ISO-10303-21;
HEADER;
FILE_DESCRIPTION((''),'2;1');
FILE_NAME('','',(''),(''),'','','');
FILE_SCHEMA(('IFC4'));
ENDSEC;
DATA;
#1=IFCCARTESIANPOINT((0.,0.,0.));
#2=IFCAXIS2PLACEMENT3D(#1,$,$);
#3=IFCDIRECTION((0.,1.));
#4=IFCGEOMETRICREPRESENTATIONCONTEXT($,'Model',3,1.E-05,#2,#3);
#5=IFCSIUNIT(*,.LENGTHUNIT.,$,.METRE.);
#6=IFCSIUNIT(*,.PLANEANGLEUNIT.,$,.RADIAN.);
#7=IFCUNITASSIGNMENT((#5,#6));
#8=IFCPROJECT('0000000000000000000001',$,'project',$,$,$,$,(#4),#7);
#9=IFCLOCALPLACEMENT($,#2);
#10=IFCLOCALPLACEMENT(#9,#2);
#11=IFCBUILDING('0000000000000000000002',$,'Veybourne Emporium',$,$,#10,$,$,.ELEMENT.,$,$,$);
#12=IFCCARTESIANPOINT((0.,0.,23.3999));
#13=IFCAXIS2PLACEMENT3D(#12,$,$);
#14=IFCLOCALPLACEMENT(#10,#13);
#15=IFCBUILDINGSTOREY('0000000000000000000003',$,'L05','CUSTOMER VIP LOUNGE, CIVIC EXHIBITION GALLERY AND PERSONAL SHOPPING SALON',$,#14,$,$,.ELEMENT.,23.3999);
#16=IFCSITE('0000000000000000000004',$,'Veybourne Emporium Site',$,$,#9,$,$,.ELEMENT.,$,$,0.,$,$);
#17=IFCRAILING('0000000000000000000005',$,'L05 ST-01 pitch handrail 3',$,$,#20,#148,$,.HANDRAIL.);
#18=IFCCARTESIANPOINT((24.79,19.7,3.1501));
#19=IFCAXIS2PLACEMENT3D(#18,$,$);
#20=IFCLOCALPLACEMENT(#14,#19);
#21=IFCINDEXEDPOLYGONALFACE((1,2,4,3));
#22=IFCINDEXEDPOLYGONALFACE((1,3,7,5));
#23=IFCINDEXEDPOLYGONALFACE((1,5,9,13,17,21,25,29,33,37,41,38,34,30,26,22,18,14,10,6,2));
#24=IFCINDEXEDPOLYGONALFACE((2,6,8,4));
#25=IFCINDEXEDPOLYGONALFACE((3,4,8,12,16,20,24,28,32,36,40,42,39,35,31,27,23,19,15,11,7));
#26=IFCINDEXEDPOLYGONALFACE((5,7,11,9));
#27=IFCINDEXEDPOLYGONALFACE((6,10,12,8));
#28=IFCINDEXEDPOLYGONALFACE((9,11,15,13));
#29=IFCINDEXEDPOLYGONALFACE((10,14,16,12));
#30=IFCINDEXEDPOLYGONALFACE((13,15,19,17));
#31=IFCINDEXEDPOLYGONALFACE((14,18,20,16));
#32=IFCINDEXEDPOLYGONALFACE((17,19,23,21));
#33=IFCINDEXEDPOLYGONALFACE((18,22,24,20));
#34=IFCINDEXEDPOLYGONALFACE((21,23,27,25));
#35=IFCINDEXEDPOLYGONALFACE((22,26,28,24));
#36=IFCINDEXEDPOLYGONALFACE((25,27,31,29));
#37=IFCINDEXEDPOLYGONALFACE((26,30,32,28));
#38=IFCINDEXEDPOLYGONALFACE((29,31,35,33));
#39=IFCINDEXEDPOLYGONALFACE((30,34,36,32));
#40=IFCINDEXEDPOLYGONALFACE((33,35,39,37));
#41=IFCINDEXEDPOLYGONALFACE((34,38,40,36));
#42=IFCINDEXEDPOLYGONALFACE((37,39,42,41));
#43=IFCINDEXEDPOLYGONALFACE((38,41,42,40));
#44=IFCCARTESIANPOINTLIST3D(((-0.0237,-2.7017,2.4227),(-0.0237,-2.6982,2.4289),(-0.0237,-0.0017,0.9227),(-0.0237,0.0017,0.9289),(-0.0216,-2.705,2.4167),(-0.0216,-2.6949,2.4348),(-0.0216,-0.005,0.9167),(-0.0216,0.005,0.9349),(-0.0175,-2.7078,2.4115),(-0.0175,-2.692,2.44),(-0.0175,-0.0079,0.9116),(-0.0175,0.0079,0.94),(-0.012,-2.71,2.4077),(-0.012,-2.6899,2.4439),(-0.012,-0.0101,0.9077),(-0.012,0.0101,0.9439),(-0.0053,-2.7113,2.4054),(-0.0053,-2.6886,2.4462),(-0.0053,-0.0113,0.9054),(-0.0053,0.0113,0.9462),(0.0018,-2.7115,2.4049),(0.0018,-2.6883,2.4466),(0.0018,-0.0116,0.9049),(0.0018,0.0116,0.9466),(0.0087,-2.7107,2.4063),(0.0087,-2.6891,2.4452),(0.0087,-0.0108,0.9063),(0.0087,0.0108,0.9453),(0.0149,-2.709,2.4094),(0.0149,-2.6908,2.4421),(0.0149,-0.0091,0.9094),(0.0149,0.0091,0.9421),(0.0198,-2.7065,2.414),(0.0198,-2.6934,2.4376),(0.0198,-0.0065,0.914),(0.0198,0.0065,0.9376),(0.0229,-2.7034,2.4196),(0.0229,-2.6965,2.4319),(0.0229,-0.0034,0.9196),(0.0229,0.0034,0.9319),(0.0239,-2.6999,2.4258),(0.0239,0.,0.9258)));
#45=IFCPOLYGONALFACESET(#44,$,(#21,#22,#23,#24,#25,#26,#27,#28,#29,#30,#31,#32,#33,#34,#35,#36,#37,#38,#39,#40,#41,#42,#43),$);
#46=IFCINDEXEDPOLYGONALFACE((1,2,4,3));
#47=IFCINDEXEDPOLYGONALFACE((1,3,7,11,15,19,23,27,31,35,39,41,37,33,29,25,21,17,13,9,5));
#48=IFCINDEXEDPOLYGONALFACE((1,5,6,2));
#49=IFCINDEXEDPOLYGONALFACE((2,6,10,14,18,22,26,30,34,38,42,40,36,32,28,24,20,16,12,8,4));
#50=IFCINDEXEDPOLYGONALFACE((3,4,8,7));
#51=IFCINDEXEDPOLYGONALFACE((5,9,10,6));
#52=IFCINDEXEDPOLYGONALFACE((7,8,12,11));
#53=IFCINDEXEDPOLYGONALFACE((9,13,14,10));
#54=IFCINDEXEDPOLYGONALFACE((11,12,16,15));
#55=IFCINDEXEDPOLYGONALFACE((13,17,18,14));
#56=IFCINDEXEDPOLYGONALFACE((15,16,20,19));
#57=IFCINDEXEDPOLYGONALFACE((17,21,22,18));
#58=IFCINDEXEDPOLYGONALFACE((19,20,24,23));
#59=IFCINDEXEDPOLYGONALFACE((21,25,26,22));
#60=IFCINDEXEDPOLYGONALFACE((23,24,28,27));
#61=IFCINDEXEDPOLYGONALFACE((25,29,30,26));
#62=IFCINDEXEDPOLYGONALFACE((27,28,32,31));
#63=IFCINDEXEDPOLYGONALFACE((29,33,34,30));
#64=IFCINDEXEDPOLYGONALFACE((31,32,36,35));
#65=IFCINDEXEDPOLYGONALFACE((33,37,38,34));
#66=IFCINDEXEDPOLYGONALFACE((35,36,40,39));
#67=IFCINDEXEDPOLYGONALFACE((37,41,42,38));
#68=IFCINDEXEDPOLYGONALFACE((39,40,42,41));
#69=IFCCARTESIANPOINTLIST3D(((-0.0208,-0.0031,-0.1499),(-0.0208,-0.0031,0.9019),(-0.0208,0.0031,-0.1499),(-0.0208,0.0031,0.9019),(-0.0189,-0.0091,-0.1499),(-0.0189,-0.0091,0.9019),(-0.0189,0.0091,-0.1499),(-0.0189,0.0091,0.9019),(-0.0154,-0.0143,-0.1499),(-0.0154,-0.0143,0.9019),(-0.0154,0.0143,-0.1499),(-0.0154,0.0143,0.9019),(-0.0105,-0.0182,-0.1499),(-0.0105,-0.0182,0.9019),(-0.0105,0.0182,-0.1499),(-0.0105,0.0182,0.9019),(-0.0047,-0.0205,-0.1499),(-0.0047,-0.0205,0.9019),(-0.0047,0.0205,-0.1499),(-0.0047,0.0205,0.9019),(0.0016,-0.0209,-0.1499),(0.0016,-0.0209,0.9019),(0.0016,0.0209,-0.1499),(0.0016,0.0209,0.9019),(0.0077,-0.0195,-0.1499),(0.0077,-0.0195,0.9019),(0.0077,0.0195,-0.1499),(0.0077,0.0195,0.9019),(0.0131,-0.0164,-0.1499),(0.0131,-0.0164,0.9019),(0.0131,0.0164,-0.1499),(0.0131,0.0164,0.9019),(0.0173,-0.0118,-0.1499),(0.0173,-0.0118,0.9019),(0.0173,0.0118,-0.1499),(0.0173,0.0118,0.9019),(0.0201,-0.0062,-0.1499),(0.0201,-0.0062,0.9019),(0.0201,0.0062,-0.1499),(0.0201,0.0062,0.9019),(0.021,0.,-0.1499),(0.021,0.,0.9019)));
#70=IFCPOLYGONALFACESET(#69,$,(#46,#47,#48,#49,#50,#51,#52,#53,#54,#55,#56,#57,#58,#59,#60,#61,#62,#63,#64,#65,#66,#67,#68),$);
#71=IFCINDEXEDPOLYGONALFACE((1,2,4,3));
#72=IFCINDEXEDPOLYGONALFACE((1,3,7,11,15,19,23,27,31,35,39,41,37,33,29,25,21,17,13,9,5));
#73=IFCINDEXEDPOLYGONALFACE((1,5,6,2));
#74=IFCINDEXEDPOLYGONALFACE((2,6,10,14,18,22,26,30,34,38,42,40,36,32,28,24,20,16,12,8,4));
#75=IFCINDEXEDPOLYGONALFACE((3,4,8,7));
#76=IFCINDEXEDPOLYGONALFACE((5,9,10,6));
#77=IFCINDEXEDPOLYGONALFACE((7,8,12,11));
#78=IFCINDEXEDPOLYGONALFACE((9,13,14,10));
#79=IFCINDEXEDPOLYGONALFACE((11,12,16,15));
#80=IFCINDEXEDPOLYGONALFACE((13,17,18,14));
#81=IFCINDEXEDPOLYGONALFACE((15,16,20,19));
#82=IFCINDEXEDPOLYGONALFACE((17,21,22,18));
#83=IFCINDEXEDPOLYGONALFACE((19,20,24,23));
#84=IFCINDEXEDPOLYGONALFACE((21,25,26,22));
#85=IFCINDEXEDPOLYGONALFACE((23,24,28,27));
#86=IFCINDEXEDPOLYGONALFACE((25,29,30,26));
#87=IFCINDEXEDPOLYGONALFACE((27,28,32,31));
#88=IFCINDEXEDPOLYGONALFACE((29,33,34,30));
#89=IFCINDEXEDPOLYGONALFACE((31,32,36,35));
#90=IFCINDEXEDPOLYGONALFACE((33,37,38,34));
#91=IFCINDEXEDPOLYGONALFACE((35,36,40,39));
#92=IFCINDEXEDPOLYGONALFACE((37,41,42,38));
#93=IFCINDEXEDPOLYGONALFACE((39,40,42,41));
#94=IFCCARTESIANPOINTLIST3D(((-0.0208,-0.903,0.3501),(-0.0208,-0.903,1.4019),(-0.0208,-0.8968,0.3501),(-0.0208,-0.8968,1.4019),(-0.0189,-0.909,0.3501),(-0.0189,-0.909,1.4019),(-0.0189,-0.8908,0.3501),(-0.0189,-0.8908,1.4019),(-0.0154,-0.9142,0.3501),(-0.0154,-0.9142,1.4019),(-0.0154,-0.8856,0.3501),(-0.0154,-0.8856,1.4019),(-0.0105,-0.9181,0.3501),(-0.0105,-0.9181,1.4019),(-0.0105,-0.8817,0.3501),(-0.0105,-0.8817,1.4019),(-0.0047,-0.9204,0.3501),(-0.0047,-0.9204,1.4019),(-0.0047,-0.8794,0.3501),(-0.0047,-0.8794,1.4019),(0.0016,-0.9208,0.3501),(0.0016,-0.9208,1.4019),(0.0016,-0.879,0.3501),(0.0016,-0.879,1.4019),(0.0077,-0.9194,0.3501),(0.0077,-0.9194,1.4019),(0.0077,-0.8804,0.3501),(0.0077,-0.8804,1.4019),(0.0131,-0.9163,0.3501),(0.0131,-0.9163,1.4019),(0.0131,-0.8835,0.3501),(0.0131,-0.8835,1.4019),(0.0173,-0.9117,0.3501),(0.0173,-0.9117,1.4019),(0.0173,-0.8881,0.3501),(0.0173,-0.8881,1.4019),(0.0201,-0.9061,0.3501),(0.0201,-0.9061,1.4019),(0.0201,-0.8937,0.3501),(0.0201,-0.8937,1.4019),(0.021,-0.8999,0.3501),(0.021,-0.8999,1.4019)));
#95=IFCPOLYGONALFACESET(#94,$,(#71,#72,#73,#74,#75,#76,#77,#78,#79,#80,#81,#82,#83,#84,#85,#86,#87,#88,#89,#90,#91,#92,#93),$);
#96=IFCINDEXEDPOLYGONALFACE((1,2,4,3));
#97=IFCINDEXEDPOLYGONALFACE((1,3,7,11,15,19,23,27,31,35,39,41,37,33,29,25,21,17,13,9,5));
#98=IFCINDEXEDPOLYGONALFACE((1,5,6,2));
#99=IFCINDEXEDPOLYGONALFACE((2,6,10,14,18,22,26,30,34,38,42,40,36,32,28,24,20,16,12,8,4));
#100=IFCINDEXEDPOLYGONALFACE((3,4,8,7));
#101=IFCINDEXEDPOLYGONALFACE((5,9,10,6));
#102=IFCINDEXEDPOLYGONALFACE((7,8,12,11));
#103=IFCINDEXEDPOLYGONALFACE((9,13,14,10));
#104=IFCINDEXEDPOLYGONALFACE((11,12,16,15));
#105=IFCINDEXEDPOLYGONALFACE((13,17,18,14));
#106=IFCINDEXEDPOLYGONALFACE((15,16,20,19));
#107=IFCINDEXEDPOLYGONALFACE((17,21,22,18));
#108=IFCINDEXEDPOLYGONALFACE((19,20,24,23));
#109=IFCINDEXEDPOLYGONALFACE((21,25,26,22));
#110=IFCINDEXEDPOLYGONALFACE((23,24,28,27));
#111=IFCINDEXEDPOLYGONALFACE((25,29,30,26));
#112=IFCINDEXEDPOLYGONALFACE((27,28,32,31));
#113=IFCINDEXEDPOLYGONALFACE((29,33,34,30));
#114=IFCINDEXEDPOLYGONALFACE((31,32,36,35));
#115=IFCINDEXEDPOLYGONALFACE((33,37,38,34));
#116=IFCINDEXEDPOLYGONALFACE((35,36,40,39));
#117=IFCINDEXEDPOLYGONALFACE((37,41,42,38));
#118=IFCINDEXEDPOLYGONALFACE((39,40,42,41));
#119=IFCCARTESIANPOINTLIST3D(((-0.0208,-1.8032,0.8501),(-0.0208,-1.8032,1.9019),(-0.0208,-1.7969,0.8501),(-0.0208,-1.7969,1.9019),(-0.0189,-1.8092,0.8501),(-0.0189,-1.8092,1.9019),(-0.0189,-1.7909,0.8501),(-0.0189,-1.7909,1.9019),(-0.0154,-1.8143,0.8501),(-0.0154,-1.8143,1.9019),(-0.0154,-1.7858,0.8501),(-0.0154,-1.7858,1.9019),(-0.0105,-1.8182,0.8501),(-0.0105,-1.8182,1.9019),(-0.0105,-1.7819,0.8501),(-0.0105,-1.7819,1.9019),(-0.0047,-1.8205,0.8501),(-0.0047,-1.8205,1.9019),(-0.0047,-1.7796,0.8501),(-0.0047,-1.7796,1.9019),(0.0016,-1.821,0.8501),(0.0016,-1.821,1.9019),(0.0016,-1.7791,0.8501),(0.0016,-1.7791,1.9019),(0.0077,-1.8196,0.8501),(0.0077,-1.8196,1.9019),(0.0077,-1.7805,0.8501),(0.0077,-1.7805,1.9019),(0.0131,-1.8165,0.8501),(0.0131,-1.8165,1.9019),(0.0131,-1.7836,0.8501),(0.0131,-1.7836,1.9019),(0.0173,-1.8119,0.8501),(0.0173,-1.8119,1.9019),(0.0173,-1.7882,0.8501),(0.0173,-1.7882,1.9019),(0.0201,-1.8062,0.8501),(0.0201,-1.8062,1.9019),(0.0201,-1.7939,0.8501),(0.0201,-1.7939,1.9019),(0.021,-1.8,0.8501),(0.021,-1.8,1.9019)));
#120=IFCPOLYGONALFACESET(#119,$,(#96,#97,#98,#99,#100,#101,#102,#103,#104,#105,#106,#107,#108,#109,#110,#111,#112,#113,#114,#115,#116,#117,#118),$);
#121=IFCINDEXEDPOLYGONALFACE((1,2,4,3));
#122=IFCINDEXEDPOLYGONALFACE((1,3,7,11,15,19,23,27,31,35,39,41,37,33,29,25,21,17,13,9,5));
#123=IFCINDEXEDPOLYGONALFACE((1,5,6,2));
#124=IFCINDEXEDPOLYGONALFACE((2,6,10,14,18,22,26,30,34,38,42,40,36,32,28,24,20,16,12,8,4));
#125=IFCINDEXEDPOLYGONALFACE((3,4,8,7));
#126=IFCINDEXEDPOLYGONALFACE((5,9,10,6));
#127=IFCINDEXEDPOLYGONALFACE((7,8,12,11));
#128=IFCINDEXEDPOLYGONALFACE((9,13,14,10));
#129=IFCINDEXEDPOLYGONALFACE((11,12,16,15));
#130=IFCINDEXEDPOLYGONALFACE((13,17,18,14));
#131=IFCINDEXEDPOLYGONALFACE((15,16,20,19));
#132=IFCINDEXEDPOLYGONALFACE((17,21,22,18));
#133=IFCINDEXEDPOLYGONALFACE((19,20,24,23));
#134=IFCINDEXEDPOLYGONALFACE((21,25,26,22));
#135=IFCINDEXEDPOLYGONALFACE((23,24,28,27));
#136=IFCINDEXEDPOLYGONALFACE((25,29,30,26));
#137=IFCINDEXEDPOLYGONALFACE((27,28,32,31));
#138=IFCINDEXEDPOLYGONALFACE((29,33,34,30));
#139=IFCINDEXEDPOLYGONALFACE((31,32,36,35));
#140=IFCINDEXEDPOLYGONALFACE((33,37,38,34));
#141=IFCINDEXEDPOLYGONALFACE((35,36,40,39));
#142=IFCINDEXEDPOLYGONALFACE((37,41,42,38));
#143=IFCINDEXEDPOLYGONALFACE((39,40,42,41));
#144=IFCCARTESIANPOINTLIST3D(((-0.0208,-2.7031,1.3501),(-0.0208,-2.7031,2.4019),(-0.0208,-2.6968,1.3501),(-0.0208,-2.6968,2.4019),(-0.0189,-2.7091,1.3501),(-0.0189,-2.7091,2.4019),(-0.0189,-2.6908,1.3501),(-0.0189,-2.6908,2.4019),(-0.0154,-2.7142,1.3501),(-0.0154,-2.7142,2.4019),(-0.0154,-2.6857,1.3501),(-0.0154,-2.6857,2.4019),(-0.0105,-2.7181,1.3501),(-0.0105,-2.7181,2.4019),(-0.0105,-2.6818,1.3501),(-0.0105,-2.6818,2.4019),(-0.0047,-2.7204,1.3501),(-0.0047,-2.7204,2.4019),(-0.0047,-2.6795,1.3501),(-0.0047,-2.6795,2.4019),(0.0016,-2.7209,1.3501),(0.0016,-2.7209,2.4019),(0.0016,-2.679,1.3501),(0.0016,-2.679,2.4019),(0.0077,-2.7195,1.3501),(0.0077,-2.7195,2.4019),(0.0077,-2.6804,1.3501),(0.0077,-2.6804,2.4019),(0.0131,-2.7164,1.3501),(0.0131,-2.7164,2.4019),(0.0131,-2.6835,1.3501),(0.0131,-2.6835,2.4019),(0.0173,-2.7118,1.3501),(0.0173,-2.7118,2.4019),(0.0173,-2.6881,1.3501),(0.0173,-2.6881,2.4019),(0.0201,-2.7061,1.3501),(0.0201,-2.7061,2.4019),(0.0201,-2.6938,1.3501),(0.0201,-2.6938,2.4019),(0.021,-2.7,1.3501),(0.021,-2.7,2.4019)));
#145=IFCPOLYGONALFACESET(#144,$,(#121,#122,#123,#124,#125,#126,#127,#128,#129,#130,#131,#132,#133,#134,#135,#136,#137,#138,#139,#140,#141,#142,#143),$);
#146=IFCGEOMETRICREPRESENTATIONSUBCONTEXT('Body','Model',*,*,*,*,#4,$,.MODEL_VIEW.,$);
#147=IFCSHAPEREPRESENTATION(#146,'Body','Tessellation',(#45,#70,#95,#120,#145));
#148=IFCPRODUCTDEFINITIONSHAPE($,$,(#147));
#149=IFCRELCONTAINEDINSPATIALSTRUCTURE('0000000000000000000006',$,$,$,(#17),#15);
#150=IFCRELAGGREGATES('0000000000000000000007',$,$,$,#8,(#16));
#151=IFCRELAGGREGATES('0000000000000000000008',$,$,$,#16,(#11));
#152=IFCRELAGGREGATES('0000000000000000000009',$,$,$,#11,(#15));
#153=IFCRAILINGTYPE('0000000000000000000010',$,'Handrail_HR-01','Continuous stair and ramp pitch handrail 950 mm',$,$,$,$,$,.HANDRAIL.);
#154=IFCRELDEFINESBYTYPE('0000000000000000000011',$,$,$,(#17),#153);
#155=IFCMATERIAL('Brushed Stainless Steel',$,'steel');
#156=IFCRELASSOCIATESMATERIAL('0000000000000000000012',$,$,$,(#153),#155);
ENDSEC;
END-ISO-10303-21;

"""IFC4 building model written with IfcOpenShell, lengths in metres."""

from ifc_helpers import new_model, si_unit, direction, frame, origin, origin_2d, place, context, subcontext, project, spatial, circle, extrude, material, type_object, element, save


model = new_model("IFC4")

# Units and contexts
model_context = context("Model", 3, precision=1e-05, world=origin(), true_north=direction((0.0, 1.0)))
body_context = subcontext(model_context, "Body", "Model", "MODEL_VIEW")
ifc_project = project(units=[si_unit("LENGTHUNIT", "METRE"), si_unit("PLANEANGLEUNIT", "RADIAN")], contexts=[model_context])

# Site, building, storey
site_placement = place(None, origin())
site = spatial("IfcSite", under=ifc_project, at=site_placement, Name="Veybourne Emporium Site", CompositionType="ELEMENT", RefElevation=0.0)
building_placement = place(site_placement, origin())
building = spatial("IfcBuilding", under=site, at=building_placement, Name="Veybourne Emporium", CompositionType="ELEMENT")
storey_placement = place(building_placement, frame((0.0, 0.0, 23.3999)))
storey = spatial("IfcBuildingStorey", under=building, at=storey_placement, Name="L05", Description="CUSTOMER VIP LOUNGE, CIVIC EXHIBITION GALLERY AND PERSONAL SHOPPING SALON", CompositionType="ELEMENT", Elevation=23.3999)

# Railing
ifc_material_1 = material(Name="Brushed Stainless Steel", Category="steel")
railing_type_1 = type_object("IfcRailingType", Name="Handrail_HR-01", Description="Continuous stair and ramp pitch handrail 950 mm", PredefinedType="HANDRAIL", material=ifc_material_1)
railing_1_placement = place(storey_placement, frame((24.79, 19.7, 3.1501)))
element("IfcRailing", 1, at=railing_1_placement, inside=storey, type_object=railing_type_1, Name="L05 ST-01 pitch handrail 3", PredefinedType="HANDRAIL", context=body_context, shape_type="SweptSolid", body=[
    extrude(circle(Radius=0.0239, at=origin_2d()), frame((0.0, 0.0, 0.9258), z_axis=(0.0, -0.874154, 0.48565), x_axis=(1.0, 0.0, 0.0)), (0.0, 0.0, 1.0), 3.0886),
    extrude(circle(Radius=0.021, at=origin_2d()), frame((0.0, 0.0, -0.1499)), (0.0, 0.0, 1.0), 1.0518),
    extrude(circle(Radius=0.021, at=origin_2d()), frame((0.0, -0.8999, 0.3501)), (0.0, 0.0, 1.0), 1.0518),
    extrude(circle(Radius=0.021, at=origin_2d()), frame((0.0, -1.8, 0.8501)), (0.0, 0.0, 1.0), 1.0518),
    extrude(circle(Radius=0.021, at=origin_2d()), frame((0.0, -2.7, 1.3501)), (0.0, 0.0, 1.0), 1.0518),
])

save(model, "model.ifc")
